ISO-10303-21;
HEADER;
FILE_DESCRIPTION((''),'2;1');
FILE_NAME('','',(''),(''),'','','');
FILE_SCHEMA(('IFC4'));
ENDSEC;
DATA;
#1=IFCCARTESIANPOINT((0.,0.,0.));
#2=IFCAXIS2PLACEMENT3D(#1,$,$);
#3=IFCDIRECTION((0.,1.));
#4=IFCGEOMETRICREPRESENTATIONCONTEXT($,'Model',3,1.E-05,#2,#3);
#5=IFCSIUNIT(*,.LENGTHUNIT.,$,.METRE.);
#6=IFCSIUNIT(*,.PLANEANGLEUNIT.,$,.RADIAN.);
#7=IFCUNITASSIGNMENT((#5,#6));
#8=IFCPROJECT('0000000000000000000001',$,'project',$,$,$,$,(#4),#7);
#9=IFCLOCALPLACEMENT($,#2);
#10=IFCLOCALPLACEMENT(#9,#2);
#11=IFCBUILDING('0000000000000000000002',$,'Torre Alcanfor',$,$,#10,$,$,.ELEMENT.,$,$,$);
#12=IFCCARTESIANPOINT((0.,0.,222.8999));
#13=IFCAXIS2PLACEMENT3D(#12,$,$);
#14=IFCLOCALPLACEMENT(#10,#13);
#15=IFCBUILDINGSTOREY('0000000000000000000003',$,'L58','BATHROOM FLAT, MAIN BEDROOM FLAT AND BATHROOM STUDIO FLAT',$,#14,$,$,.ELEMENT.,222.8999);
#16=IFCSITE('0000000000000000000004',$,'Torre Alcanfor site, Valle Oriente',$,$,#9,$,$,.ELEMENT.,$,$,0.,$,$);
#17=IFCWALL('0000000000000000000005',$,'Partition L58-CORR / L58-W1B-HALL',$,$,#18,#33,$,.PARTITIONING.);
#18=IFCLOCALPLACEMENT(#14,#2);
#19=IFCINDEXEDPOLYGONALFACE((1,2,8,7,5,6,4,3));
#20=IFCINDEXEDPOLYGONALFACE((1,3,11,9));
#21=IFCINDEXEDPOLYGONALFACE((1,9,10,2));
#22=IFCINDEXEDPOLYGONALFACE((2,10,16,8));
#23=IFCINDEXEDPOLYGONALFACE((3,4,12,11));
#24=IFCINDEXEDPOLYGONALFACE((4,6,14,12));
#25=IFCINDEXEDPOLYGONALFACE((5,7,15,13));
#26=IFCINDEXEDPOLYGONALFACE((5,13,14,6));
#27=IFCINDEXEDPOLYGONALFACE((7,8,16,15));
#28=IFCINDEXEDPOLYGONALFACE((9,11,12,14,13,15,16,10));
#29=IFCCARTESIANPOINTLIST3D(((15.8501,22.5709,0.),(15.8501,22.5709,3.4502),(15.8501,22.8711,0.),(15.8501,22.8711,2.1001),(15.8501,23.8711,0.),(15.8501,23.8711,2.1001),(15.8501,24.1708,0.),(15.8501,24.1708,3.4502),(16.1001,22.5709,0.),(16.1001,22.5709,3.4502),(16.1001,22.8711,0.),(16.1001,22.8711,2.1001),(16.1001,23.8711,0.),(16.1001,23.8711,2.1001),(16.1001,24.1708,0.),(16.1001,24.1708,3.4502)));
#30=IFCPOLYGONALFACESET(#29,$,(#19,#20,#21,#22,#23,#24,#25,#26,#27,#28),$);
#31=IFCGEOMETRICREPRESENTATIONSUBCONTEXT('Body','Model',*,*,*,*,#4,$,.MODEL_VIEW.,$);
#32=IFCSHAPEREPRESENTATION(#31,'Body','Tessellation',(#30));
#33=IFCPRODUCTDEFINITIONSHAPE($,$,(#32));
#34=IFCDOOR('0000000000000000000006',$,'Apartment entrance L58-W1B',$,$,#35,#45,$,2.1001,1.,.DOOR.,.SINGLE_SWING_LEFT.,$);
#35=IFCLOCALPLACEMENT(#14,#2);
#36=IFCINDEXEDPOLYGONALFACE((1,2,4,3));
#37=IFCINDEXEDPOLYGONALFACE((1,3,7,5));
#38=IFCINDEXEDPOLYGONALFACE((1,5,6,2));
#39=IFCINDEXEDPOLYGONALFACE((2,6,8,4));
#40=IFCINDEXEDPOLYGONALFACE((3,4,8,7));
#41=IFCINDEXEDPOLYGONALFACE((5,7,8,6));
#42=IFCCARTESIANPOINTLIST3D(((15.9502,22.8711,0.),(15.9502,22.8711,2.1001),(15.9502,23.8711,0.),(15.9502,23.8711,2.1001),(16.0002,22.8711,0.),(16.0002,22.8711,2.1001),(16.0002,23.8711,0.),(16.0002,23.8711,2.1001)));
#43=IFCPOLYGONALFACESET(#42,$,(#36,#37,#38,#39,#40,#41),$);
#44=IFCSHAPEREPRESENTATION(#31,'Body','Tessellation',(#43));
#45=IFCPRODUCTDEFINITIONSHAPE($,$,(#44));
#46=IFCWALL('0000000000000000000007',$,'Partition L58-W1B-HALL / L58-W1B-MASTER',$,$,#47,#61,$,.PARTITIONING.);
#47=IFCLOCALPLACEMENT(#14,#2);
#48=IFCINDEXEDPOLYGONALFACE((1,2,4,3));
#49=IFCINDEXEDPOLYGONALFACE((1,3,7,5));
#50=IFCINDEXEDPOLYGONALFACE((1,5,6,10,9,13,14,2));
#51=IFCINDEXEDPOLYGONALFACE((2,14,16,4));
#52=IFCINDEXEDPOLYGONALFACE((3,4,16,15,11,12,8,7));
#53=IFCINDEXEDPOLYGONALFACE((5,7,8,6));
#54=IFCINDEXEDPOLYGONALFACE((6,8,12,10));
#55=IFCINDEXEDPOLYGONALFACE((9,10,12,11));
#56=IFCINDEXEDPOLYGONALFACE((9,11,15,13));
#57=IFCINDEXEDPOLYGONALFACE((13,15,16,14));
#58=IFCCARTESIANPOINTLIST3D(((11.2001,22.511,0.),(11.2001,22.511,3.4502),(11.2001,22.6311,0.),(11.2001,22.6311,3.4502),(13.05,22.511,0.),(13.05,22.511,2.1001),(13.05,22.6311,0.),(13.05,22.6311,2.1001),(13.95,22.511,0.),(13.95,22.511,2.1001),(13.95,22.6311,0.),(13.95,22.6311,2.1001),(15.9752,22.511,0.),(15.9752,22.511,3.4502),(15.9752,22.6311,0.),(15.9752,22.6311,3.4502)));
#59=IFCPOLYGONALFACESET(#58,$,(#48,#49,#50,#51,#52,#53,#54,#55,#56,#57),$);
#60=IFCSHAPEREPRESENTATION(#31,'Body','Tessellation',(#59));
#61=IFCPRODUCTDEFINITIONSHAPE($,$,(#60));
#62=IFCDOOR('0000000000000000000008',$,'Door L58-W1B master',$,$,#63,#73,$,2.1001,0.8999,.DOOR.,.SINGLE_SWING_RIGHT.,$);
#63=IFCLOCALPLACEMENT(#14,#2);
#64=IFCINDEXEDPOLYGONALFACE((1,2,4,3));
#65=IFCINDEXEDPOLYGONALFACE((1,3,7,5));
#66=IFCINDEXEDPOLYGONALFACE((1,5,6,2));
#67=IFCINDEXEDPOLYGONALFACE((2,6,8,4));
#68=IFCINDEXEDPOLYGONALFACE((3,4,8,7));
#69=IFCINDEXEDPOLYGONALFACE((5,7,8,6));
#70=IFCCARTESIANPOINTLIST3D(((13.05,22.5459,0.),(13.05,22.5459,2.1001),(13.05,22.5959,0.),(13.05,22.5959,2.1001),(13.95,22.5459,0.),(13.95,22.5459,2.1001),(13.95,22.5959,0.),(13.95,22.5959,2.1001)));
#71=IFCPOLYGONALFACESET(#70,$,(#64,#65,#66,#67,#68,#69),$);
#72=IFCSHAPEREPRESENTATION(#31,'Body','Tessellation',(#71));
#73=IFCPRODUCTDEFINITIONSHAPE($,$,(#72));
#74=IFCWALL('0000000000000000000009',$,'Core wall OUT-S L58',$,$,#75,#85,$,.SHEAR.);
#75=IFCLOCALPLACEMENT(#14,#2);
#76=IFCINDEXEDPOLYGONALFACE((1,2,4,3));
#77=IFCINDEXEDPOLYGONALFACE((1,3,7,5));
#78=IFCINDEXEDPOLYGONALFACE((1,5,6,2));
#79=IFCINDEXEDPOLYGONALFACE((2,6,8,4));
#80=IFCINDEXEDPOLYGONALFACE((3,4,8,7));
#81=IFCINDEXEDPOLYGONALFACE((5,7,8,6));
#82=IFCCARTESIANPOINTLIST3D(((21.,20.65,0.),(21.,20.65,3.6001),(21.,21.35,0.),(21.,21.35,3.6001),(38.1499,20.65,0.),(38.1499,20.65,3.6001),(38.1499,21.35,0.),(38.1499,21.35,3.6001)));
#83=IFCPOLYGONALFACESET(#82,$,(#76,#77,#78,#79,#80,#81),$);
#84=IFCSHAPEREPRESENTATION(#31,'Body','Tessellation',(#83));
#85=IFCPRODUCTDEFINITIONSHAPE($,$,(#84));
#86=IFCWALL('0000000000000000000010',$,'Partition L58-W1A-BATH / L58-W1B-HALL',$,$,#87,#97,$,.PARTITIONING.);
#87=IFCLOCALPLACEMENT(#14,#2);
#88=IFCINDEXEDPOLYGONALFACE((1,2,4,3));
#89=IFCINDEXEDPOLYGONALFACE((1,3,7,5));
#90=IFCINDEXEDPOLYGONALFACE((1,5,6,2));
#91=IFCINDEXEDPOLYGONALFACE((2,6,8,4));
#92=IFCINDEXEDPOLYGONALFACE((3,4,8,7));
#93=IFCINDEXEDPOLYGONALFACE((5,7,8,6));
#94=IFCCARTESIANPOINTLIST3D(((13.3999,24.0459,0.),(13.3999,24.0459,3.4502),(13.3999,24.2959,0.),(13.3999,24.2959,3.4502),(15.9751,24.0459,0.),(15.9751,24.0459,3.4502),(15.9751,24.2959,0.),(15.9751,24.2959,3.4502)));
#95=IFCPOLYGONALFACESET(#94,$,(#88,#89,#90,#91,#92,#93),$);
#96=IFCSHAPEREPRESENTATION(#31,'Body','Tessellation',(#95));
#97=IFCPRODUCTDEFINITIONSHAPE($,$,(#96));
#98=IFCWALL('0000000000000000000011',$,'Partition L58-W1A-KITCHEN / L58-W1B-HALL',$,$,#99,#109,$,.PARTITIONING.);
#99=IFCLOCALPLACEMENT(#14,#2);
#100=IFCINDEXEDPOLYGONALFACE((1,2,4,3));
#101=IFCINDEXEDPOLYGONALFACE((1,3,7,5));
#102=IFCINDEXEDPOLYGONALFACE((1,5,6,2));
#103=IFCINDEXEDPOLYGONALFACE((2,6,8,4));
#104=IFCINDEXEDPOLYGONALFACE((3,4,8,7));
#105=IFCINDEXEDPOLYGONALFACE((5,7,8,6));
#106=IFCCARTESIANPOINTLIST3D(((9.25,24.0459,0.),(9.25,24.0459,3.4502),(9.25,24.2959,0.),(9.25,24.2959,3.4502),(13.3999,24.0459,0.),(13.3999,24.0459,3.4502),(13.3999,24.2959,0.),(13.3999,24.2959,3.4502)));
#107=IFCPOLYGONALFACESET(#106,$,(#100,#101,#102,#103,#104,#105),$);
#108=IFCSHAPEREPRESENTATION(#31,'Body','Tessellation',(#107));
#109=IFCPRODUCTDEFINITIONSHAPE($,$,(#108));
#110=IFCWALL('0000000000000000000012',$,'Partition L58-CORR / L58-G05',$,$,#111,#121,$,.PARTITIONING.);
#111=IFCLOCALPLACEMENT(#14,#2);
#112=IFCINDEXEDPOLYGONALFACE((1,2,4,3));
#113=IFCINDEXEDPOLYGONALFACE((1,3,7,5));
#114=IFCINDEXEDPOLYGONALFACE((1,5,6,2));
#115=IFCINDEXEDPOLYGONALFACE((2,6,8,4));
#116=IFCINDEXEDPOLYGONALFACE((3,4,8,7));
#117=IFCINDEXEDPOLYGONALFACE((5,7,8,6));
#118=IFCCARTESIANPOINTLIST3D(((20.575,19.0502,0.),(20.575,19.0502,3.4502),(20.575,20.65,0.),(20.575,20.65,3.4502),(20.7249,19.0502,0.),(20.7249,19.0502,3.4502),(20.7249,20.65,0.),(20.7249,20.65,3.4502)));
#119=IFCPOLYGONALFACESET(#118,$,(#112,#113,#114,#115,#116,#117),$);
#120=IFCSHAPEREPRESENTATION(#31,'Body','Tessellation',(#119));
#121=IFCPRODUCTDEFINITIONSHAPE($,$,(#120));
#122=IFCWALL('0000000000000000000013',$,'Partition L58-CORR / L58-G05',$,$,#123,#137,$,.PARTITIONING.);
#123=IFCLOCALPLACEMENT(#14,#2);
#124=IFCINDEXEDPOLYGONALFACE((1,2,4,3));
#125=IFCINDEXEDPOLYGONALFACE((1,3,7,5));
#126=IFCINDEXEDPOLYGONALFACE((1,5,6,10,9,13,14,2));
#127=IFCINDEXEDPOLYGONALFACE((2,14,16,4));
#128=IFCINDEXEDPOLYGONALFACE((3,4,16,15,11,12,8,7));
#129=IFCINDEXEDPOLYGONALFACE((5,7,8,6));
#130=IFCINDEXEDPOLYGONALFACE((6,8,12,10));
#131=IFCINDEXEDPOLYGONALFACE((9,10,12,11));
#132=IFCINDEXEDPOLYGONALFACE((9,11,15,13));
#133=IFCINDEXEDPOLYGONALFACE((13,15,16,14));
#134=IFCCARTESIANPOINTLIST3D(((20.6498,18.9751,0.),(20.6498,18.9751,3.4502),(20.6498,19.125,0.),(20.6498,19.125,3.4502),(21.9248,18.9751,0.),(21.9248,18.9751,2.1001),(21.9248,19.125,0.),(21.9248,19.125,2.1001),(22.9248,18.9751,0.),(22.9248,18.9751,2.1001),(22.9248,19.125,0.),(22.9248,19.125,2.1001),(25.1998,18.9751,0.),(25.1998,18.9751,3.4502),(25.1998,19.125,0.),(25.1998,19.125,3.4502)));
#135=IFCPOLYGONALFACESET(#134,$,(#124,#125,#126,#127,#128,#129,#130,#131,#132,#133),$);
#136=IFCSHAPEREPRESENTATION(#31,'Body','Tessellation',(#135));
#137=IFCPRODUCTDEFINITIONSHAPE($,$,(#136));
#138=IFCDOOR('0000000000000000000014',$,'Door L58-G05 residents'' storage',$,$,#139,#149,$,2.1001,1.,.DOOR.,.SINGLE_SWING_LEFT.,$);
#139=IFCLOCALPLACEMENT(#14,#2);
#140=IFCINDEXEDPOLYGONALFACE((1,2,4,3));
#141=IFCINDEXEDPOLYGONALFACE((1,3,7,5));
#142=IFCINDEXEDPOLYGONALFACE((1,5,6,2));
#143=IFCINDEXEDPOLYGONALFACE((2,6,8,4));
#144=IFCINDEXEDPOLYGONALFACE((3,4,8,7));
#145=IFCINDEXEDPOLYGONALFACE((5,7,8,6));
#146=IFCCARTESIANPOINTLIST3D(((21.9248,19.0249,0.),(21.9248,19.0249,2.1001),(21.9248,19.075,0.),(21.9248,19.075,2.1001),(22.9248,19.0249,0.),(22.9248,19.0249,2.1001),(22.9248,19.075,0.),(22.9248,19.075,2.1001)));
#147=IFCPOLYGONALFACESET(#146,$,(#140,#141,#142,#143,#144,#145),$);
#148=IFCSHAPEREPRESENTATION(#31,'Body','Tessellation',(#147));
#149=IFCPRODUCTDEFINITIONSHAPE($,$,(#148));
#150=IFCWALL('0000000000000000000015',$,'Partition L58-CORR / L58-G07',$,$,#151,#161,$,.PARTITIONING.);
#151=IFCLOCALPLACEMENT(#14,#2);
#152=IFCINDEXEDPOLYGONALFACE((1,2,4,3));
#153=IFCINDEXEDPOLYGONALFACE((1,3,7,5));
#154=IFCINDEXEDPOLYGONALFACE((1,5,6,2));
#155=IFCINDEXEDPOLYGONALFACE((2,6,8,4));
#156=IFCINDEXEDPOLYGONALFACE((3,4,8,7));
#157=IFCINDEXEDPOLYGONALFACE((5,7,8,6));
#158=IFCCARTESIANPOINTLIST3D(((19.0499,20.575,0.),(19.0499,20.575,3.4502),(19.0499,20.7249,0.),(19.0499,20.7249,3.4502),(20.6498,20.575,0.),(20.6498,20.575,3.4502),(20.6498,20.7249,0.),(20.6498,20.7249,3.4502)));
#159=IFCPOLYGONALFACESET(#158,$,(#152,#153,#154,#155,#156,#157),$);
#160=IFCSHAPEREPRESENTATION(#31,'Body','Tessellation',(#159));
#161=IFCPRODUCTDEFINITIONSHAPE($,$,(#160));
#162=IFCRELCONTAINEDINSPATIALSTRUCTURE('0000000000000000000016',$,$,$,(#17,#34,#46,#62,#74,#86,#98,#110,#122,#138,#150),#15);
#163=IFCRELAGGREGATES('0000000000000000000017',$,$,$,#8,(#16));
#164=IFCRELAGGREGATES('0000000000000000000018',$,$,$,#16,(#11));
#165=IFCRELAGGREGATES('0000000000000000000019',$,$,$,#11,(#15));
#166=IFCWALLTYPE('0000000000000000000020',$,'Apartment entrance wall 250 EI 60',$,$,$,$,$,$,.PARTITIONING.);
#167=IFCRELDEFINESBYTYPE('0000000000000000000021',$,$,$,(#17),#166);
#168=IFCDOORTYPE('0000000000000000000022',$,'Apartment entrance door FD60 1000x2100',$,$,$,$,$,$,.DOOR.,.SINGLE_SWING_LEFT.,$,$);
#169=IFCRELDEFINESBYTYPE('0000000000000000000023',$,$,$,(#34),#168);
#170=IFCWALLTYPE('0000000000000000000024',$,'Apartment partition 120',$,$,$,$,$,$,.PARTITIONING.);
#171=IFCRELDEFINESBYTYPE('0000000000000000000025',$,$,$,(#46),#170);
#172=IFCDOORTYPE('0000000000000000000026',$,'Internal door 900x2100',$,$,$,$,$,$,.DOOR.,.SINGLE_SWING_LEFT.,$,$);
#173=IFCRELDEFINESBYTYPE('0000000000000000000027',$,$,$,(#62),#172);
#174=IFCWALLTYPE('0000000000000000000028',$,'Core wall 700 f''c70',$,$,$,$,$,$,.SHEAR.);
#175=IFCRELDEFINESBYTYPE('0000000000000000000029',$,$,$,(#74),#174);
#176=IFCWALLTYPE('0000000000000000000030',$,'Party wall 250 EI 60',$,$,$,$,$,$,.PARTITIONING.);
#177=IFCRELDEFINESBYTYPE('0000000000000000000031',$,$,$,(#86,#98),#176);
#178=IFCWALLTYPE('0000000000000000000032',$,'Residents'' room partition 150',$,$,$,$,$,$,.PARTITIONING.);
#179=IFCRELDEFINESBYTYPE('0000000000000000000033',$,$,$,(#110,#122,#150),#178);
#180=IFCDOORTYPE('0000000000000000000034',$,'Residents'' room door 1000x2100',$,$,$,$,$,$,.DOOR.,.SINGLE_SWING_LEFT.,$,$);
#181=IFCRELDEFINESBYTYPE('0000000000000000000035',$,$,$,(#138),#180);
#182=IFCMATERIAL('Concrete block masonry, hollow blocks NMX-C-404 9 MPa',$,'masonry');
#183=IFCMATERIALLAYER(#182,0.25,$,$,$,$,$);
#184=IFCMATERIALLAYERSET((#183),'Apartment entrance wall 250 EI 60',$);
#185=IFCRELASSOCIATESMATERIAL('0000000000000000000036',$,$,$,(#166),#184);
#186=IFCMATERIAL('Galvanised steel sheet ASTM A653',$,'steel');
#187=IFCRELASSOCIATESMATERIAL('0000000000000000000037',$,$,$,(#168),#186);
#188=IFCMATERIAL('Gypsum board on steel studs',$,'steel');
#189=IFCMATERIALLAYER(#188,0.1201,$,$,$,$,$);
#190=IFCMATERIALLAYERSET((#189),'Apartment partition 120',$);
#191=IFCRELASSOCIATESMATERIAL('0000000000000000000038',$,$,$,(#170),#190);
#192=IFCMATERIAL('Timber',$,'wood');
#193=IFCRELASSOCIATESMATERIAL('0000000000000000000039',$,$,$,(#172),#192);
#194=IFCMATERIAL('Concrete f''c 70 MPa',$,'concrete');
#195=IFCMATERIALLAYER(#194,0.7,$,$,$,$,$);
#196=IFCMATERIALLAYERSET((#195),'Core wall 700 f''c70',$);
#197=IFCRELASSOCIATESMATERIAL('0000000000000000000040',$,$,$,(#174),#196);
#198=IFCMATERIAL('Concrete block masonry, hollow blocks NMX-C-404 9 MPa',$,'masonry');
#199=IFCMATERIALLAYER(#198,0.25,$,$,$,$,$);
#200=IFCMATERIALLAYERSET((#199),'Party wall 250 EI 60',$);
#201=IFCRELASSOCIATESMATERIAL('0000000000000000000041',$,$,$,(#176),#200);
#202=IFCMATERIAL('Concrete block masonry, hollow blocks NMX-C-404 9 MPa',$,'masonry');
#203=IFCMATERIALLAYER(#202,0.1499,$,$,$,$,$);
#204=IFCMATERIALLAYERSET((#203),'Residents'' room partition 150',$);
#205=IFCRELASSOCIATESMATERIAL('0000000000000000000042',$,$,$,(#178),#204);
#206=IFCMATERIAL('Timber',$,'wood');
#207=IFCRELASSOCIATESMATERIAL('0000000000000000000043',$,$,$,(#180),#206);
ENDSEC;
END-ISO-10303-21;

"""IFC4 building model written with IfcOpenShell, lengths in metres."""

from ifc_helpers import new_model, si_unit, direction, frame, frame_2d, origin, place, context, subcontext, project, spatial, rectangle, extrude, material, layer, layer_set, type_object, element, fill, save


model = new_model("IFC4")

# Units and contexts
model_context = context("Model", 3, precision=1e-05, world=origin(), true_north=direction((0.0, 1.0)))
body_context = subcontext(model_context, "Body", "Model", "MODEL_VIEW")
ifc_project = project(units=[si_unit("LENGTHUNIT", "METRE"), si_unit("PLANEANGLEUNIT", "RADIAN")], contexts=[model_context])

# Site, building, storey
site_placement = place(None, origin())
site = spatial("IfcSite", under=ifc_project, at=site_placement, Name="Torre Alcanfor site, Valle Oriente", CompositionType="ELEMENT", RefElevation=0.0)
building_placement = place(site_placement, origin())
building = spatial("IfcBuilding", under=site, at=building_placement, Name="Torre Alcanfor", CompositionType="ELEMENT")
storey_placement = place(building_placement, frame((0.0, 0.0, 222.8999)))
storey = spatial("IfcBuildingStorey", under=building, at=storey_placement, Name="L58", Description="BATHROOM FLAT, MAIN BEDROOM FLAT AND BATHROOM STUDIO FLAT", CompositionType="ELEMENT", Elevation=222.8999)

# Shared definitions
ifc_material_1 = material(Name="Concrete block masonry, hollow blocks NMX-C-404 9 MPa", Category="masonry")
ifc_layer_1 = layer(ifc_material_1, 0.25)
ifc_layer_set_1 = layer_set([ifc_layer_1], Name="Apartment entrance wall 250 EI 60")
wall_type_1 = type_object("IfcWallType", Name="Apartment entrance wall 250 EI 60", PredefinedType="PARTITIONING", material=ifc_layer_set_1)

# Walls, openings, doors
wall_1_placement = place(storey_placement, frame((15.9751, 22.571, 0.0), z_axis=(0.0, 0.0, 1.0), x_axis=(0.0, 1.0, 0.0)))
wall_1 = element("IfcWall", 1, at=wall_1_placement, inside=storey, type_object=wall_type_1, Name="Partition L58-CORR / L58-W1B-HALL", PredefinedType="PARTITIONING", context=body_context, shape_type="SweptSolid", body=[
    extrude(rectangle(XDim=1.5999, YDim=0.25, at=frame_2d((0.7998, 0.0))), origin(), (0.0, 0.0, 1.0), 3.4502),
])
opening_1_placement = place(wall_1_placement, frame((0.3, 0.0, 0.0)))
opening_1 = element("IfcOpeningElement", 2, at=opening_1_placement, cuts=wall_1, PredefinedType="OPENING", context=body_context, shape_type="SweptSolid", body=[
    extrude(rectangle(XDim=1.0, YDim=2.1001, at=frame_2d((0.5, 1.05))), frame((0.0, 0.135, 0.0), z_axis=(0.0, -1.0, 0.0), x_axis=(1.0, 0.0, 0.0)), (0.0, 0.0, 1.0), 0.27),
])
ifc_material_2 = material(Name="Galvanised steel sheet ASTM A653", Category="steel")
door_type_1 = type_object("IfcDoorType", Name="Apartment entrance door FD60 1000x2100", OperationType="SINGLE_SWING_LEFT", PredefinedType="DOOR", material=ifc_material_2)
door_1_placement = place(opening_1_placement, origin())
door_1 = element("IfcDoor", 3, at=door_1_placement, inside=storey, type_object=door_type_1, Name="Apartment entrance L58-W1B", OperationType="SINGLE_SWING_LEFT", OverallHeight=2.1001, OverallWidth=1.0, PredefinedType="DOOR", context=body_context, shape_type="SweptSolid", body=[
    extrude(rectangle(XDim=1.0, YDim=2.1001, at=frame_2d((0.5, 1.05))), frame((0.0, 0.0249, 0.0), z_axis=(0.0, -1.0, 0.0), x_axis=(1.0, 0.0, 0.0)), (0.0, 0.0, 1.0), 0.05),
])
fill(opening_1, door_1)
ifc_material_3 = material(Name="Gypsum board on steel studs", Category="steel")
ifc_layer_2 = layer(ifc_material_3, 0.1201)
ifc_layer_set_2 = layer_set([ifc_layer_2], Name="Apartment partition 120")
wall_type_2 = type_object("IfcWallType", Name="Apartment partition 120", PredefinedType="PARTITIONING", material=ifc_layer_set_2)
wall_2_placement = place(storey_placement, frame((11.2, 22.571, 0.0), z_axis=(0.0, 0.0, 1.0), x_axis=(1.0, 0.0, 0.0)))
wall_2 = element("IfcWall", 4, at=wall_2_placement, inside=storey, type_object=wall_type_2, Name="Partition L58-W1B-HALL / L58-W1B-MASTER", PredefinedType="PARTITIONING", context=body_context, shape_type="SweptSolid", body=[
    extrude(rectangle(XDim=4.7751, YDim=0.1201, at=frame_2d((2.3877, 0.0))), origin(), (0.0, 0.0, 1.0), 3.4502),
])
opening_2_placement = place(wall_2_placement, frame((1.8501, 0.0, 0.0)))
opening_2 = element("IfcOpeningElement", 5, at=opening_2_placement, cuts=wall_2, PredefinedType="OPENING", context=body_context, shape_type="SweptSolid", body=[
    extrude(rectangle(XDim=0.8999, YDim=2.1001, at=frame_2d((0.45, 1.05))), frame((0.0, 0.0701, 0.0), z_axis=(0.0, -1.0, 0.0), x_axis=(1.0, 0.0, 0.0)), (0.0, 0.0, 1.0), 0.1401),
])
ifc_material_4 = material(Name="Timber", Category="wood")
door_type_2 = type_object("IfcDoorType", Name="Internal door 900x2100", OperationType="SINGLE_SWING_LEFT", PredefinedType="DOOR", material=ifc_material_4)
door_2_placement = place(opening_2_placement, frame((0.8999, 0.0, 0.0), z_axis=(0.0, 0.0, 1.0), x_axis=(-1.0, 0.0, 0.0)))
door_2 = element("IfcDoor", 6, at=door_2_placement, inside=storey, type_object=door_type_2, Name="Door L58-W1B master", OperationType="SINGLE_SWING_RIGHT", OverallHeight=2.1001, OverallWidth=0.8999, PredefinedType="DOOR", context=body_context, shape_type="SweptSolid", body=[
    extrude(rectangle(XDim=0.8999, YDim=2.1001, at=frame_2d((0.45, 1.05))), frame((0.0, 0.0251, 0.0), z_axis=(0.0, -1.0, 0.0), x_axis=(1.0, 0.0, 0.0)), (0.0, 0.0, 1.0), 0.05),
])
fill(opening_2, door_2)

# Walls
ifc_material_5 = material(Name="Concrete f'c 70 MPa", Category="concrete")
ifc_layer_3 = layer(ifc_material_5, 0.7)
ifc_layer_set_3 = layer_set([ifc_layer_3], Name="Core wall 700 f'c70")
wall_type_3 = type_object("IfcWallType", Name="Core wall 700 f'c70", PredefinedType="SHEAR", material=ifc_layer_set_3)
wall_3_placement = place(storey_placement, frame((21.0, 21.0, 0.0), z_axis=(0.0, 0.0, 1.0), x_axis=(1.0, 0.0, 0.0)))
element("IfcWall", 7, at=wall_3_placement, inside=storey, type_object=wall_type_3, Name="Core wall OUT-S L58", PredefinedType="SHEAR", context=body_context, shape_type="SweptSolid", body=[
    extrude(rectangle(XDim=17.1499, YDim=0.7, at=frame_2d((8.575, 0.0))), origin(), (0.0, 0.0, 1.0), 3.6001),
])
ifc_material_6 = material(Name="Concrete block masonry, hollow blocks NMX-C-404 9 MPa", Category="masonry")
ifc_layer_4 = layer(ifc_material_6, 0.25)
ifc_layer_set_4 = layer_set([ifc_layer_4], Name="Party wall 250 EI 60")
wall_type_4 = type_object("IfcWallType", Name="Party wall 250 EI 60", PredefinedType="PARTITIONING", material=ifc_layer_set_4)
wall_4_placement = place(storey_placement, frame((13.3999, 24.1709, 0.0), z_axis=(0.0, 0.0, 1.0), x_axis=(1.0, 0.0, 0.0)))
element("IfcWall", 8, at=wall_4_placement, inside=storey, type_object=wall_type_4, Name="Partition L58-W1A-BATH / L58-W1B-HALL", PredefinedType="PARTITIONING", context=body_context, shape_type="SweptSolid", body=[
    extrude(rectangle(XDim=2.5752, YDim=0.25, at=frame_2d((1.2876, 0.0))), origin(), (0.0, 0.0, 1.0), 3.4502),
])
wall_5_placement = place(storey_placement, frame((9.25, 24.1709, 0.0), z_axis=(0.0, 0.0, 1.0), x_axis=(1.0, 0.0, 0.0)))
element("IfcWall", 9, at=wall_5_placement, inside=storey, type_object=wall_type_4, Name="Partition L58-W1A-KITCHEN / L58-W1B-HALL", PredefinedType="PARTITIONING", context=body_context, shape_type="SweptSolid", body=[
    extrude(rectangle(XDim=4.1499, YDim=0.25, at=frame_2d((2.075, 0.0))), origin(), (0.0, 0.0, 1.0), 3.4502),
])
ifc_material_7 = material(Name="Concrete block masonry, hollow blocks NMX-C-404 9 MPa", Category="masonry")
ifc_layer_5 = layer(ifc_material_7, 0.1499)
ifc_layer_set_5 = layer_set([ifc_layer_5], Name="Residents' room partition 150")
wall_type_5 = type_object("IfcWallType", Name="Residents' room partition 150", PredefinedType="PARTITIONING", material=ifc_layer_set_5)
wall_6_placement = place(storey_placement, frame((20.6499, 20.6499, 0.0), z_axis=(0.0, 0.0, 1.0), x_axis=(0.0, -1.0, 0.0)))
element("IfcWall", 10, at=wall_6_placement, inside=storey, type_object=wall_type_5, Name="Partition L58-CORR / L58-G05", PredefinedType="PARTITIONING", context=body_context, shape_type="SweptSolid", body=[
    extrude(rectangle(XDim=1.5999, YDim=0.1499, at=frame_2d((0.7998, 0.0))), origin(), (0.0, 0.0, 1.0), 3.4502),
])

# Wall, opening, door
wall_7_placement = place(storey_placement, frame((20.6499, 19.05, 0.0), z_axis=(0.0, 0.0, 1.0), x_axis=(1.0, 0.0, 0.0)))
wall_7 = element("IfcWall", 11, at=wall_7_placement, inside=storey, type_object=wall_type_5, Name="Partition L58-CORR / L58-G05", PredefinedType="PARTITIONING", context=body_context, shape_type="SweptSolid", body=[
    extrude(rectangle(XDim=4.55, YDim=0.1499, at=frame_2d((2.2749, 0.0))), origin(), (0.0, 0.0, 1.0), 3.4502),
])
opening_3_placement = place(wall_7_placement, frame((1.2749, 0.0, 0.0)))
opening_3 = element("IfcOpeningElement", 12, at=opening_3_placement, cuts=wall_7, PredefinedType="OPENING", context=body_context, shape_type="SweptSolid", body=[
    extrude(rectangle(XDim=1.0, YDim=2.1001, at=frame_2d((0.5, 1.05))), frame((0.0, 0.085, 0.0), z_axis=(0.0, -1.0, 0.0), x_axis=(1.0, 0.0, 0.0)), (0.0, 0.0, 1.0), 0.1699),
])
ifc_material_8 = material(Name="Timber", Category="wood")
door_type_3 = type_object("IfcDoorType", Name="Residents' room door 1000x2100", OperationType="SINGLE_SWING_LEFT", PredefinedType="DOOR", material=ifc_material_8)
door_3_placement = place(opening_3_placement, origin())
door_3 = element("IfcDoor", 13, at=door_3_placement, inside=storey, type_object=door_type_3, Name="Door L58-G05 residents' storage", OperationType="SINGLE_SWING_LEFT", OverallHeight=2.1001, OverallWidth=1.0, PredefinedType="DOOR", context=body_context, shape_type="SweptSolid", body=[
    extrude(rectangle(XDim=1.0, YDim=2.1001, at=frame_2d((0.5, 1.05))), frame((0.0, 0.0249, 0.0), z_axis=(0.0, -1.0, 0.0), x_axis=(1.0, 0.0, 0.0)), (0.0, 0.0, 1.0), 0.05),
])
fill(opening_3, door_3)

# Wall
wall_8_placement = place(storey_placement, frame((19.05, 20.6499, 0.0), z_axis=(0.0, 0.0, 1.0), x_axis=(1.0, 0.0, 0.0)))
element("IfcWall", 14, at=wall_8_placement, inside=storey, type_object=wall_type_5, Name="Partition L58-CORR / L58-G07", PredefinedType="PARTITIONING", context=body_context, shape_type="SweptSolid", body=[
    extrude(rectangle(XDim=1.5999, YDim=0.1499, at=frame_2d((0.7998, 0.0))), origin(), (0.0, 0.0, 1.0), 3.4502),
])

save(model, "model.ifc")
